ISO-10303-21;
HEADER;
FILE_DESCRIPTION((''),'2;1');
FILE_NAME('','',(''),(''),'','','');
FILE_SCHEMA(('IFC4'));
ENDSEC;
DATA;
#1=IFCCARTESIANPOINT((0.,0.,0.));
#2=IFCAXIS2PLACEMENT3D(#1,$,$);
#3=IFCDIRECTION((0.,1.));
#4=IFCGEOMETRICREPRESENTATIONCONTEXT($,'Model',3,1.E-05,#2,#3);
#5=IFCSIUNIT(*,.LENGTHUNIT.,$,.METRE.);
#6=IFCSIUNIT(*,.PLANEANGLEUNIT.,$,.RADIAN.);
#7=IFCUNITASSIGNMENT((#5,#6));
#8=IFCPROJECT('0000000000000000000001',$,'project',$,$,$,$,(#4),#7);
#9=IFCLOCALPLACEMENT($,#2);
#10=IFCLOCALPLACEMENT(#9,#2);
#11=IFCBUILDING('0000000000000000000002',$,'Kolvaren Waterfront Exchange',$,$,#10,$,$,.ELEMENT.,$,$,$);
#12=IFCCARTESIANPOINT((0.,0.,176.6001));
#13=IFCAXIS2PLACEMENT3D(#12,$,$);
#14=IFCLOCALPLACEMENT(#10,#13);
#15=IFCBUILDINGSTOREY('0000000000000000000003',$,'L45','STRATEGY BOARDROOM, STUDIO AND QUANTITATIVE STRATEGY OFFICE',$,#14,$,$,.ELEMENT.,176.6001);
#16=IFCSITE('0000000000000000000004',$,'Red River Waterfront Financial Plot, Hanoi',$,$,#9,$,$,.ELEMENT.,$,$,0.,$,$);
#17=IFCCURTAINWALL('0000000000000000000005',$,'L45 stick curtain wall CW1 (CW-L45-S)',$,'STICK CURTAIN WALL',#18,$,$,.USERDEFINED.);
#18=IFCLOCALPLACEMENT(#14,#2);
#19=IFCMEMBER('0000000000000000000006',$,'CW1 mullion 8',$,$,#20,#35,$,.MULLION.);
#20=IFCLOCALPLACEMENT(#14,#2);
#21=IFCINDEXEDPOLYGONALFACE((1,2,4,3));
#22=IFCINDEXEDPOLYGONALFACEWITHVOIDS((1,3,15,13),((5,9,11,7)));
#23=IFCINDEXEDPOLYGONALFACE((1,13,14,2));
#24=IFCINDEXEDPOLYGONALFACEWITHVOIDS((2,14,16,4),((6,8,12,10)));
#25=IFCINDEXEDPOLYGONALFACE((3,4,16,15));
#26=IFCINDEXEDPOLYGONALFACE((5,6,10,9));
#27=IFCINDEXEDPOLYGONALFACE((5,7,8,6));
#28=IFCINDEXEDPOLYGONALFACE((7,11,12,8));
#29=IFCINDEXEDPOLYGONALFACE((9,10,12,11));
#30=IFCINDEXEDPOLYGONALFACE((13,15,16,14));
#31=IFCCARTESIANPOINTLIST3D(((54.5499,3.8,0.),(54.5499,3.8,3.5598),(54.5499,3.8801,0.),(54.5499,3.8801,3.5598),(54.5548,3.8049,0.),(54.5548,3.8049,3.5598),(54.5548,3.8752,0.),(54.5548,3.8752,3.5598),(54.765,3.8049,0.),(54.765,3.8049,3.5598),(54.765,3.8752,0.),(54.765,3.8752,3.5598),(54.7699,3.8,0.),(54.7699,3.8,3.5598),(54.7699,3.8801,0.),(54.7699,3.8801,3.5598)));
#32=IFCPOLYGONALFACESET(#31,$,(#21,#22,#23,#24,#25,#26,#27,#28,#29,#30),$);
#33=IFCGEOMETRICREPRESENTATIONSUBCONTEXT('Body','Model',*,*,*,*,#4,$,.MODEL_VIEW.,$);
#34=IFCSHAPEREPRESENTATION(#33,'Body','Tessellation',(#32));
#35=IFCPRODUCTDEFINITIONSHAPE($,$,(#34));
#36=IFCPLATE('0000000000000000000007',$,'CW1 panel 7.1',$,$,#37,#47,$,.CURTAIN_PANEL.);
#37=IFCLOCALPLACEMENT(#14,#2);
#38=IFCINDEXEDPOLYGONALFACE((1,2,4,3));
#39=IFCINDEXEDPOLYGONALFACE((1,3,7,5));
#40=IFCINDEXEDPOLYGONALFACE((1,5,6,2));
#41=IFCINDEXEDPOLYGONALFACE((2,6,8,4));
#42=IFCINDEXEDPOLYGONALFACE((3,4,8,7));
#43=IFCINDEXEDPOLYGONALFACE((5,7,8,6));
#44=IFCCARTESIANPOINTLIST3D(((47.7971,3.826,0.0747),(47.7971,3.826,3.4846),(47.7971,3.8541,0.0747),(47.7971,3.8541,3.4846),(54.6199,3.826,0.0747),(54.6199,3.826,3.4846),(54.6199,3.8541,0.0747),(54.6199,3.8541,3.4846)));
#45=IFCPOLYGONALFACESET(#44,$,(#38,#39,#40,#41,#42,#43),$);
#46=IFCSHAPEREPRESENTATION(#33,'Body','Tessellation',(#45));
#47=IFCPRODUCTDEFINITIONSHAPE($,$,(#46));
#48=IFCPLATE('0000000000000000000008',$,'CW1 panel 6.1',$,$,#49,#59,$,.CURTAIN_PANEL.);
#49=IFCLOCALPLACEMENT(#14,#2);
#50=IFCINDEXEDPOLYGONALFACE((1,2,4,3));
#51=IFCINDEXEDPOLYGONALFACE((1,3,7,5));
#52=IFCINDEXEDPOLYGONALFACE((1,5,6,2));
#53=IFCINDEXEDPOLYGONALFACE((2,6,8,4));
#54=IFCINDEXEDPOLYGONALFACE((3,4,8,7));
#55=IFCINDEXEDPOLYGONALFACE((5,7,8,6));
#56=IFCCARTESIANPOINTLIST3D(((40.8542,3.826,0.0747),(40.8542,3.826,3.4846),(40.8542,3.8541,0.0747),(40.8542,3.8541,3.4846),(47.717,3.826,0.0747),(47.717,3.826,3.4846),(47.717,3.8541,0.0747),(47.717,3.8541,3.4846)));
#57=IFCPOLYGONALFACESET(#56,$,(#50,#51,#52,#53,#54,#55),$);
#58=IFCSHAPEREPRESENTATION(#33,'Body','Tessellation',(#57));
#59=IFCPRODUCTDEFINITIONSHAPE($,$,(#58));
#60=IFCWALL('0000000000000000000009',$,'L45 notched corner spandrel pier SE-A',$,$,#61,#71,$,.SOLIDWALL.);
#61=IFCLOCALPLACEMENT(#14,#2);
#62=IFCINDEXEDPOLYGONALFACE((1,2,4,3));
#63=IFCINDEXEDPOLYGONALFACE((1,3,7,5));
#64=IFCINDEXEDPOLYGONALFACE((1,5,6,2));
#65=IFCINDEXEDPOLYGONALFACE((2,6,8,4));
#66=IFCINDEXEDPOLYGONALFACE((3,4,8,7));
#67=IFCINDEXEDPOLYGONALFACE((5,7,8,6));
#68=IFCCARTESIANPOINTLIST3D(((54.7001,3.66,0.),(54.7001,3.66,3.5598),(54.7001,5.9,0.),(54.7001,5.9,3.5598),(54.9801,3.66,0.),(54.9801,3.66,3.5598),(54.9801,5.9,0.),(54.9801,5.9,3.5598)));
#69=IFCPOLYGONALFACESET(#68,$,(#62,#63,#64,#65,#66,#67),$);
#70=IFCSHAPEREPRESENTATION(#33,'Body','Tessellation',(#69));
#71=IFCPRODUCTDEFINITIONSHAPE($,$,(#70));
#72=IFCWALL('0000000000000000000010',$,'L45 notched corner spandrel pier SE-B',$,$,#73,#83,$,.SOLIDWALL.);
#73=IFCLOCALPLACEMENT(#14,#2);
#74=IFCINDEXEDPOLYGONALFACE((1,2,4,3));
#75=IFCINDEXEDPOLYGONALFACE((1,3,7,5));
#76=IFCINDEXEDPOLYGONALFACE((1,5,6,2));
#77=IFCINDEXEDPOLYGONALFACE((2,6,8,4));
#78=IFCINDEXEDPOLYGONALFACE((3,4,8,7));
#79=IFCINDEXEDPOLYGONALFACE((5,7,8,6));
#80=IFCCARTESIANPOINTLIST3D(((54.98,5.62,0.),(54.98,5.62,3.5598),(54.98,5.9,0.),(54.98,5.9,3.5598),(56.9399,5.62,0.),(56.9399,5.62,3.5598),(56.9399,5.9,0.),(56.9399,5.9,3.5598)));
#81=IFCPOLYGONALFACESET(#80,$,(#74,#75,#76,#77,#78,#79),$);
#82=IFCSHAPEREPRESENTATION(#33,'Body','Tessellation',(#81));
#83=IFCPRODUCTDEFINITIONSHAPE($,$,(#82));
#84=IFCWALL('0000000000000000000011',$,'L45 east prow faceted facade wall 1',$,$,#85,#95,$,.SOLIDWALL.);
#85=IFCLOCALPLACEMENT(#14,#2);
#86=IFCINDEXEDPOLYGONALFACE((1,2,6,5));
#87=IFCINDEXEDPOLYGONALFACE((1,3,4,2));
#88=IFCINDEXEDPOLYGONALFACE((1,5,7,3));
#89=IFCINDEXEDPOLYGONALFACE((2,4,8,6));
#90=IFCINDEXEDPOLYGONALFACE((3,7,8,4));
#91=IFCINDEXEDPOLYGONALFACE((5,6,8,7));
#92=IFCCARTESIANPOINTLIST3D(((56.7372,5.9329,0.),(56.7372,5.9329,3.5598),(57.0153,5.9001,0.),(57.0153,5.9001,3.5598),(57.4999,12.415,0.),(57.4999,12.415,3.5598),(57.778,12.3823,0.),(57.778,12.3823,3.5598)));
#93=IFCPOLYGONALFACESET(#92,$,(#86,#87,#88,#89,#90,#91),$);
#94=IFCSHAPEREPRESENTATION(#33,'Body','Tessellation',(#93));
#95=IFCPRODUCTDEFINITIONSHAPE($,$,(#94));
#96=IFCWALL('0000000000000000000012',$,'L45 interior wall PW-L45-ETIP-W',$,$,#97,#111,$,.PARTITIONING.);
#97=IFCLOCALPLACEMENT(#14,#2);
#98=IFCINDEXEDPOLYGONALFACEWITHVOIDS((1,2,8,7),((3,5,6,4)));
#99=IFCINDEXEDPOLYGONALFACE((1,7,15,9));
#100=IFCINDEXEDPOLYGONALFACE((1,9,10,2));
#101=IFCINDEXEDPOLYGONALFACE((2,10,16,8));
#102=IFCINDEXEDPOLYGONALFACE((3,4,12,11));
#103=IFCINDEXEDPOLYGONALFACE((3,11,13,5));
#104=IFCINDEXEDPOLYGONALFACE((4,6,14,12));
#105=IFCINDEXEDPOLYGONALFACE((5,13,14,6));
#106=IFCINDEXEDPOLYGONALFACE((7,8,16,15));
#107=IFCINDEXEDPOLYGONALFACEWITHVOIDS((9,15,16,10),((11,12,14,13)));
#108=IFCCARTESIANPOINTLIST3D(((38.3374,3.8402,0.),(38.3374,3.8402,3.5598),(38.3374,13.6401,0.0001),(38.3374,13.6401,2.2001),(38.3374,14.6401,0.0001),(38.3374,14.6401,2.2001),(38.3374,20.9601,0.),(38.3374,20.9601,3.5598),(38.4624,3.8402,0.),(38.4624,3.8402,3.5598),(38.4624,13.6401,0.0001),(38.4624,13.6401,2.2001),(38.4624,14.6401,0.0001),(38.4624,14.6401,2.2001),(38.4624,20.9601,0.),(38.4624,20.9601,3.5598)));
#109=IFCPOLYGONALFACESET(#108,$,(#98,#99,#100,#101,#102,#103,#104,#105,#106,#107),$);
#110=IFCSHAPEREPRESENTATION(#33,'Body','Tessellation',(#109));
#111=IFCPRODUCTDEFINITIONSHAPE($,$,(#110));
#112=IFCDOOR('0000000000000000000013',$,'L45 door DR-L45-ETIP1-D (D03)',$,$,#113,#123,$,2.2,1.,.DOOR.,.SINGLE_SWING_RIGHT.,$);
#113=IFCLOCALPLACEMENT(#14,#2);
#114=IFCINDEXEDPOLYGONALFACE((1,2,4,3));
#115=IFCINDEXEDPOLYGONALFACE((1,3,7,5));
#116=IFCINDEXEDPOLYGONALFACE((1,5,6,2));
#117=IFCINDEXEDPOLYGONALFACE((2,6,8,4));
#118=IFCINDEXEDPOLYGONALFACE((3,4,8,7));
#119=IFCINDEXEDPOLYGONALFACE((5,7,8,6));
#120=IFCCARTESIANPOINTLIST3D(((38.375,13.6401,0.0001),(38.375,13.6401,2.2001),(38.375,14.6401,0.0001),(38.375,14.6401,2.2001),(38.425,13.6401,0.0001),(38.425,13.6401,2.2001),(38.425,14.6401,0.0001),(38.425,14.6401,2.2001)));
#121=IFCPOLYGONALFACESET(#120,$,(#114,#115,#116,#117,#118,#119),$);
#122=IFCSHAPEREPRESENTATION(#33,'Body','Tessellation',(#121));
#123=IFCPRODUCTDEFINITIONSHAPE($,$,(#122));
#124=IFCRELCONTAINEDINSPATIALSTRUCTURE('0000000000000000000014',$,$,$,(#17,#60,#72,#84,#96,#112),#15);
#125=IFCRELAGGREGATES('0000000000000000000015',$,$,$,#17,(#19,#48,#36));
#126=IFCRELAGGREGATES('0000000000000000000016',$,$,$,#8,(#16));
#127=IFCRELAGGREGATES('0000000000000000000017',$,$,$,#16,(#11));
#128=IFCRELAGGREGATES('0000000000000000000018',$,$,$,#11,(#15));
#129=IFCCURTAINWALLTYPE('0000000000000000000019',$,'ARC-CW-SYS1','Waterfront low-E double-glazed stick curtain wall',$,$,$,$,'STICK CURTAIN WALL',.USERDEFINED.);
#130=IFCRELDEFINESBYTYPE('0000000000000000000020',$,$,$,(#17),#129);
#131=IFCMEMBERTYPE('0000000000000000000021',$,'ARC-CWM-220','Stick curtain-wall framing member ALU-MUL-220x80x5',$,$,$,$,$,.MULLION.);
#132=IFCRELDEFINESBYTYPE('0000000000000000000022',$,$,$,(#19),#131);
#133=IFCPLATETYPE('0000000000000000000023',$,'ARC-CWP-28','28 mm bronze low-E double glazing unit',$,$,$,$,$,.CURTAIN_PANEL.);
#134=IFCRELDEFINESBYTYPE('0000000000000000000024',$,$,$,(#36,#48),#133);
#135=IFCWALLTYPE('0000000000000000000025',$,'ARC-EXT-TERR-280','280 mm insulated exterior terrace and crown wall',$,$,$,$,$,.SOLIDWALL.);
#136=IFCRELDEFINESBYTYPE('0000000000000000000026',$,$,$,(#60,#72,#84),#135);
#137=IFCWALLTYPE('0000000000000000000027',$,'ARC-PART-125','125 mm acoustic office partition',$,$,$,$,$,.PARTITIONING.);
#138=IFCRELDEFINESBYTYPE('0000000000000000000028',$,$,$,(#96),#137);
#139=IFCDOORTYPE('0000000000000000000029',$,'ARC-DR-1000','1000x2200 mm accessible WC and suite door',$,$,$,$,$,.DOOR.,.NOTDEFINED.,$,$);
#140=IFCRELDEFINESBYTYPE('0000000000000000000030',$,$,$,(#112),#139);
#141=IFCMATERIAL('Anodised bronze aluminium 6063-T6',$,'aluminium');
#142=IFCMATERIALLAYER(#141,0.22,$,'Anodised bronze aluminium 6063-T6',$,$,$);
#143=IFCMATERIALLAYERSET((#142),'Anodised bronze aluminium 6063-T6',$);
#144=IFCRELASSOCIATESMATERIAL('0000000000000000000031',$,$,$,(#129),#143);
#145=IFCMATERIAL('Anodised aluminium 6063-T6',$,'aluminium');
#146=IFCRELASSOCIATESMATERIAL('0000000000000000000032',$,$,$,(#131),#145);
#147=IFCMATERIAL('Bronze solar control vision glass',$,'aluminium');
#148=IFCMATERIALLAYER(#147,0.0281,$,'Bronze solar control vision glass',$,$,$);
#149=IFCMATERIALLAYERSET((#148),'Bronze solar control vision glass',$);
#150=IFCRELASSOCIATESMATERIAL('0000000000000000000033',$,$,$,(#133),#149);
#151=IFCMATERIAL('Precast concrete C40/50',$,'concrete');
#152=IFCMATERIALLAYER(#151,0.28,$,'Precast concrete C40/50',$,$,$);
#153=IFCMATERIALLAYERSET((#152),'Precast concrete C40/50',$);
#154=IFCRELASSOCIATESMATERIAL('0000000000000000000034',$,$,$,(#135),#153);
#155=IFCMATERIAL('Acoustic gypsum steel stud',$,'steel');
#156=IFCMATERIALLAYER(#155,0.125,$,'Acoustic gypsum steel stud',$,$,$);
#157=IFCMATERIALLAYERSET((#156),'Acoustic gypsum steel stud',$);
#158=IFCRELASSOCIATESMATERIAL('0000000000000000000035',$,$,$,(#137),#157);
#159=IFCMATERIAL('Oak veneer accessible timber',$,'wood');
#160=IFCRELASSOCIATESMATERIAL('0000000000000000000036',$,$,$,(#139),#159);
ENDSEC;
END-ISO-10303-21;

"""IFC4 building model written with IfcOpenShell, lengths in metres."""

from ifc_helpers import new_model, si_unit, direction, frame, frame_2d, origin, origin_with_axes, origin_2d, place, context, subcontext, project, spatial, rectangle, hollow_rectangle, extrude, source, transform, mapped, material, layer, layer_set, material_profile, profile_set, type_object, element, fill, aggregate, save


model = new_model("IFC4")

# Units and contexts
model_context = context("Model", 3, precision=1e-05, world=origin(), true_north=direction((0.0, 1.0)))
body_context = subcontext(model_context, "Body", "Model", "MODEL_VIEW")
ifc_project = project(units=[si_unit("LENGTHUNIT", "METRE"), si_unit("PLANEANGLEUNIT", "RADIAN")], contexts=[model_context])

# Site, building, storey
site_placement = place(None, origin())
site = spatial("IfcSite", under=ifc_project, at=site_placement, Name="Red River Waterfront Financial Plot, Hanoi", CompositionType="ELEMENT", RefElevation=0.0)
building_placement = place(site_placement, origin())
building = spatial("IfcBuilding", under=site, at=building_placement, Name="Kolvaren Waterfront Exchange", CompositionType="ELEMENT")
storey_placement = place(building_placement, frame((0.0, 0.0, 176.6001)))
storey = spatial("IfcBuildingStorey", under=building, at=storey_placement, Name="L45", Description="STRATEGY BOARDROOM, STUDIO AND QUANTITATIVE STRATEGY OFFICE", CompositionType="ELEMENT", Elevation=176.6001)

# Curtain wall
ifc_material_1 = material(Name="Anodised bronze aluminium 6063-T6", Category="aluminium")
ifc_layer_1 = layer(ifc_material_1, 0.22, Name="Anodised bronze aluminium 6063-T6")
ifc_layer_set_1 = layer_set([ifc_layer_1], Name="Anodised bronze aluminium 6063-T6")
curtain_wall_type_1 = type_object("IfcCurtainWallType", Name="ARC-CW-SYS1", Description="Waterfront low-E double-glazed stick curtain wall", ElementType="STICK CURTAIN WALL", PredefinedType="USERDEFINED", material=ifc_layer_set_1)
curtain_wall_1_placement = place(storey_placement, origin())
curtain_wall_1 = element("IfcCurtainWall", 1, at=curtain_wall_1_placement, inside=storey, type_object=curtain_wall_type_1, Name="L45 stick curtain wall CW1 (CW-L45-S)", ObjectType="STICK CURTAIN WALL", PredefinedType="USERDEFINED")
ifc_material_2 = material(Name="Anodised aluminium 6063-T6", Category="aluminium")

# Member
ifc_material_profile_1 = material_profile(ifc_material_2, hollow_rectangle(XDim=0.0801, YDim=0.22, WallThickness=0.0049, at=origin_2d()), Name="ALU-MUL-220x80x5")
ifc_profile_set_1 = profile_set([ifc_material_profile_1], Name="Anodised aluminium 6063-T6")
member_type_1 = type_object("IfcMemberType", Name="ARC-CWM-220", Description="Stick curtain-wall framing member ALU-MUL-220x80x5", PredefinedType="MULLION", material=ifc_profile_set_1)
shared_shape_1 = source(origin_with_axes(), body_context, "Body", "SweptSolid", [
    extrude(hollow_rectangle(XDim=0.0801, YDim=0.22, WallThickness=0.0049, at=origin_2d()), origin(), (0.0, 0.0, 1.0), 3.5598),
])
member_1_placement = place(storey_placement, frame((54.6599, 3.8401, 0.0), z_axis=(0.0, 0.0, 1.0), x_axis=(0.0, 1.0, 0.0)))
member_1 = element("IfcMember", 2, at=member_1_placement, type_object=member_type_1, Name="CW1 mullion 8", PredefinedType="MULLION", context=body_context, shape_type="MappedRepresentation", body=[
    mapped(shared_shape_1, transform((0.0, 0.0, 0.0), x_axis=(1.0, 0.0, 0.0), y_axis=(0.0, 1.0, 0.0), z_axis=(0.0, 0.0, 1.0), scale=1.0)),
])

# Plates
ifc_material_3 = material(Name="Bronze solar control vision glass", Category="aluminium")
ifc_layer_2 = layer(ifc_material_3, 0.0281, Name="Bronze solar control vision glass")
ifc_layer_set_2 = layer_set([ifc_layer_2], Name="Bronze solar control vision glass")
plate_type = type_object("IfcPlateType", Name="ARC-CWP-28", Description="28 mm bronze low-E double glazing unit", PredefinedType="CURTAIN_PANEL", material=ifc_layer_set_2)
shared_shape_2 = source(origin_with_axes(), body_context, "Body", "SweptSolid", [
    extrude(rectangle(XDim=6.8228, YDim=0.0281, at=origin_2d()), origin(), (0.0, 0.0, 1.0), 3.4099),
])
plate_1_placement = place(storey_placement, frame((51.2085, 3.8401, 0.0747), z_axis=(0.0, 0.0, 1.0), x_axis=(1.0, 0.0, 0.0)))
plate_1 = element("IfcPlate", 3, at=plate_1_placement, type_object=plate_type, Name="CW1 panel 7.1", PredefinedType="CURTAIN_PANEL", context=body_context, shape_type="MappedRepresentation", body=[
    mapped(shared_shape_2, transform((0.0, 0.0, 0.0), x_axis=(1.0, 0.0, 0.0), y_axis=(0.0, 1.0, 0.0), z_axis=(0.0, 0.0, 1.0), scale=1.0)),
])
shared_shape_3 = source(origin_with_axes(), body_context, "Body", "SweptSolid", [
    extrude(rectangle(XDim=6.8628, YDim=0.0281, at=origin_2d()), origin(), (0.0, 0.0, 1.0), 3.4099),
])
plate_2_placement = place(storey_placement, frame((44.2856, 3.8401, 0.0747), z_axis=(0.0, 0.0, 1.0), x_axis=(1.0, 0.0, 0.0)))
plate_2 = element("IfcPlate", 4, at=plate_2_placement, type_object=plate_type, Name="CW1 panel 6.1", PredefinedType="CURTAIN_PANEL", context=body_context, shape_type="MappedRepresentation", body=[
    mapped(shared_shape_3, transform((0.0, 0.0, 0.0), x_axis=(1.0, 0.0, 0.0), y_axis=(0.0, 1.0, 0.0), z_axis=(0.0, 0.0, 1.0), scale=1.0)),
])
aggregate(curtain_wall_1, [member_1, plate_2, plate_1])

# Walls
ifc_material_4 = material(Name="Precast concrete C40/50", Category="concrete")
ifc_layer_3 = layer(ifc_material_4, 0.28, Name="Precast concrete C40/50")
ifc_layer_set_3 = layer_set([ifc_layer_3], Name="Precast concrete C40/50")
wall_type_1 = type_object("IfcWallType", Name="ARC-EXT-TERR-280", Description="280 mm insulated exterior terrace and crown wall", PredefinedType="SOLIDWALL", material=ifc_layer_set_3)
wall_1_placement = place(storey_placement, frame((54.8401, 3.6599, 0.0), z_axis=(0.0, 0.0, 1.0), x_axis=(0.0, 1.0, 0.0)))
element("IfcWall", 5, at=wall_1_placement, inside=storey, type_object=wall_type_1, Name="L45 notched corner spandrel pier SE-A", PredefinedType="SOLIDWALL", context=body_context, shape_type="SweptSolid", body=[
    extrude(rectangle(XDim=2.24, YDim=0.28, at=frame_2d((1.1201, 0.0))), origin(), (0.0, 0.0, 1.0), 3.5598),
])
wall_2_placement = place(storey_placement, frame((54.98, 5.76, 0.0), z_axis=(0.0, 0.0, 1.0), x_axis=(1.0, 0.0, 0.0)))
element("IfcWall", 6, at=wall_2_placement, inside=storey, type_object=wall_type_1, Name="L45 notched corner spandrel pier SE-B", PredefinedType="SOLIDWALL", context=body_context, shape_type="SweptSolid", body=[
    extrude(rectangle(XDim=1.96, YDim=0.28, at=frame_2d((0.98, 0.0))), origin(), (0.0, 0.0, 1.0), 3.5598),
])
wall_3_placement = place(storey_placement, frame((56.8762, 5.9165, 0.0), z_axis=(0.0, 0.0, 1.0), x_axis=(0.116854, 0.993149, 0.0)))
element("IfcWall", 7, at=wall_3_placement, inside=storey, type_object=wall_type_1, Name="L45 east prow faceted facade wall 1", PredefinedType="SOLIDWALL", context=body_context, shape_type="SweptSolid", body=[
    extrude(rectangle(XDim=6.5269, YDim=0.28, at=frame_2d((3.2634, 0.0))), origin(), (0.0, 0.0, 1.0), 3.5598),
])

# Wall, opening, door
ifc_material_5 = material(Name="Acoustic gypsum steel stud", Category="steel")
ifc_layer_4 = layer(ifc_material_5, 0.125, Name="Acoustic gypsum steel stud")
ifc_layer_set_4 = layer_set([ifc_layer_4], Name="Acoustic gypsum steel stud")
wall_type_2 = type_object("IfcWallType", Name="ARC-PART-125", Description="125 mm acoustic office partition", PredefinedType="PARTITIONING", material=ifc_layer_set_4)
wall_4_placement = place(storey_placement, frame((38.3999, 3.8401, 0.0), z_axis=(0.0, 0.0, 1.0), x_axis=(0.0, 1.0, 0.0)))
wall_4 = element("IfcWall", 8, at=wall_4_placement, inside=storey, type_object=wall_type_2, Name="L45 interior wall PW-L45-ETIP-W", PredefinedType="PARTITIONING", context=body_context, shape_type="SweptSolid", body=[
    extrude(rectangle(XDim=17.1199, YDim=0.125, at=frame_2d((8.5601, 0.0))), origin(), (0.0, 0.0, 1.0), 3.5598),
])
opening_placement = place(wall_4_placement, frame((9.8, 0.0, 0.0)))
opening = element("IfcOpeningElement", 9, at=opening_placement, cuts=wall_4, PredefinedType="OPENING", context=body_context, shape_type="SweptSolid", body=[
    extrude(rectangle(XDim=1.0, YDim=2.2, at=frame_2d((0.5, 1.1001))), frame((0.0, 0.0725, 0.0), z_axis=(0.0, -1.0, 0.0), x_axis=(1.0, 0.0, 0.0)), (0.0, 0.0, 1.0), 0.145),
])
ifc_material_6 = material(Name="Oak veneer accessible timber", Category="wood")
door_type = type_object("IfcDoorType", Name="ARC-DR-1000", Description="1000x2200 mm accessible WC and suite door", OperationType="NOTDEFINED", PredefinedType="DOOR", material=ifc_material_6)
door_placement = place(opening_placement, origin())
door = element("IfcDoor", 10, at=door_placement, inside=storey, type_object=door_type, Name="L45 door DR-L45-ETIP1-D (D03)", OperationType="SINGLE_SWING_RIGHT", OverallHeight=2.2, OverallWidth=1.0, PredefinedType="DOOR", context=body_context, shape_type="SweptSolid", body=[
    extrude(rectangle(XDim=1.0, YDim=2.2, at=frame_2d((0.5, 1.1001))), frame((0.0, 0.0249, 0.0), z_axis=(0.0, -1.0, 0.0), x_axis=(1.0, 0.0, 0.0)), (0.0, 0.0, 1.0), 0.05),
])
fill(opening, door)

save(model, "model.ifc")
